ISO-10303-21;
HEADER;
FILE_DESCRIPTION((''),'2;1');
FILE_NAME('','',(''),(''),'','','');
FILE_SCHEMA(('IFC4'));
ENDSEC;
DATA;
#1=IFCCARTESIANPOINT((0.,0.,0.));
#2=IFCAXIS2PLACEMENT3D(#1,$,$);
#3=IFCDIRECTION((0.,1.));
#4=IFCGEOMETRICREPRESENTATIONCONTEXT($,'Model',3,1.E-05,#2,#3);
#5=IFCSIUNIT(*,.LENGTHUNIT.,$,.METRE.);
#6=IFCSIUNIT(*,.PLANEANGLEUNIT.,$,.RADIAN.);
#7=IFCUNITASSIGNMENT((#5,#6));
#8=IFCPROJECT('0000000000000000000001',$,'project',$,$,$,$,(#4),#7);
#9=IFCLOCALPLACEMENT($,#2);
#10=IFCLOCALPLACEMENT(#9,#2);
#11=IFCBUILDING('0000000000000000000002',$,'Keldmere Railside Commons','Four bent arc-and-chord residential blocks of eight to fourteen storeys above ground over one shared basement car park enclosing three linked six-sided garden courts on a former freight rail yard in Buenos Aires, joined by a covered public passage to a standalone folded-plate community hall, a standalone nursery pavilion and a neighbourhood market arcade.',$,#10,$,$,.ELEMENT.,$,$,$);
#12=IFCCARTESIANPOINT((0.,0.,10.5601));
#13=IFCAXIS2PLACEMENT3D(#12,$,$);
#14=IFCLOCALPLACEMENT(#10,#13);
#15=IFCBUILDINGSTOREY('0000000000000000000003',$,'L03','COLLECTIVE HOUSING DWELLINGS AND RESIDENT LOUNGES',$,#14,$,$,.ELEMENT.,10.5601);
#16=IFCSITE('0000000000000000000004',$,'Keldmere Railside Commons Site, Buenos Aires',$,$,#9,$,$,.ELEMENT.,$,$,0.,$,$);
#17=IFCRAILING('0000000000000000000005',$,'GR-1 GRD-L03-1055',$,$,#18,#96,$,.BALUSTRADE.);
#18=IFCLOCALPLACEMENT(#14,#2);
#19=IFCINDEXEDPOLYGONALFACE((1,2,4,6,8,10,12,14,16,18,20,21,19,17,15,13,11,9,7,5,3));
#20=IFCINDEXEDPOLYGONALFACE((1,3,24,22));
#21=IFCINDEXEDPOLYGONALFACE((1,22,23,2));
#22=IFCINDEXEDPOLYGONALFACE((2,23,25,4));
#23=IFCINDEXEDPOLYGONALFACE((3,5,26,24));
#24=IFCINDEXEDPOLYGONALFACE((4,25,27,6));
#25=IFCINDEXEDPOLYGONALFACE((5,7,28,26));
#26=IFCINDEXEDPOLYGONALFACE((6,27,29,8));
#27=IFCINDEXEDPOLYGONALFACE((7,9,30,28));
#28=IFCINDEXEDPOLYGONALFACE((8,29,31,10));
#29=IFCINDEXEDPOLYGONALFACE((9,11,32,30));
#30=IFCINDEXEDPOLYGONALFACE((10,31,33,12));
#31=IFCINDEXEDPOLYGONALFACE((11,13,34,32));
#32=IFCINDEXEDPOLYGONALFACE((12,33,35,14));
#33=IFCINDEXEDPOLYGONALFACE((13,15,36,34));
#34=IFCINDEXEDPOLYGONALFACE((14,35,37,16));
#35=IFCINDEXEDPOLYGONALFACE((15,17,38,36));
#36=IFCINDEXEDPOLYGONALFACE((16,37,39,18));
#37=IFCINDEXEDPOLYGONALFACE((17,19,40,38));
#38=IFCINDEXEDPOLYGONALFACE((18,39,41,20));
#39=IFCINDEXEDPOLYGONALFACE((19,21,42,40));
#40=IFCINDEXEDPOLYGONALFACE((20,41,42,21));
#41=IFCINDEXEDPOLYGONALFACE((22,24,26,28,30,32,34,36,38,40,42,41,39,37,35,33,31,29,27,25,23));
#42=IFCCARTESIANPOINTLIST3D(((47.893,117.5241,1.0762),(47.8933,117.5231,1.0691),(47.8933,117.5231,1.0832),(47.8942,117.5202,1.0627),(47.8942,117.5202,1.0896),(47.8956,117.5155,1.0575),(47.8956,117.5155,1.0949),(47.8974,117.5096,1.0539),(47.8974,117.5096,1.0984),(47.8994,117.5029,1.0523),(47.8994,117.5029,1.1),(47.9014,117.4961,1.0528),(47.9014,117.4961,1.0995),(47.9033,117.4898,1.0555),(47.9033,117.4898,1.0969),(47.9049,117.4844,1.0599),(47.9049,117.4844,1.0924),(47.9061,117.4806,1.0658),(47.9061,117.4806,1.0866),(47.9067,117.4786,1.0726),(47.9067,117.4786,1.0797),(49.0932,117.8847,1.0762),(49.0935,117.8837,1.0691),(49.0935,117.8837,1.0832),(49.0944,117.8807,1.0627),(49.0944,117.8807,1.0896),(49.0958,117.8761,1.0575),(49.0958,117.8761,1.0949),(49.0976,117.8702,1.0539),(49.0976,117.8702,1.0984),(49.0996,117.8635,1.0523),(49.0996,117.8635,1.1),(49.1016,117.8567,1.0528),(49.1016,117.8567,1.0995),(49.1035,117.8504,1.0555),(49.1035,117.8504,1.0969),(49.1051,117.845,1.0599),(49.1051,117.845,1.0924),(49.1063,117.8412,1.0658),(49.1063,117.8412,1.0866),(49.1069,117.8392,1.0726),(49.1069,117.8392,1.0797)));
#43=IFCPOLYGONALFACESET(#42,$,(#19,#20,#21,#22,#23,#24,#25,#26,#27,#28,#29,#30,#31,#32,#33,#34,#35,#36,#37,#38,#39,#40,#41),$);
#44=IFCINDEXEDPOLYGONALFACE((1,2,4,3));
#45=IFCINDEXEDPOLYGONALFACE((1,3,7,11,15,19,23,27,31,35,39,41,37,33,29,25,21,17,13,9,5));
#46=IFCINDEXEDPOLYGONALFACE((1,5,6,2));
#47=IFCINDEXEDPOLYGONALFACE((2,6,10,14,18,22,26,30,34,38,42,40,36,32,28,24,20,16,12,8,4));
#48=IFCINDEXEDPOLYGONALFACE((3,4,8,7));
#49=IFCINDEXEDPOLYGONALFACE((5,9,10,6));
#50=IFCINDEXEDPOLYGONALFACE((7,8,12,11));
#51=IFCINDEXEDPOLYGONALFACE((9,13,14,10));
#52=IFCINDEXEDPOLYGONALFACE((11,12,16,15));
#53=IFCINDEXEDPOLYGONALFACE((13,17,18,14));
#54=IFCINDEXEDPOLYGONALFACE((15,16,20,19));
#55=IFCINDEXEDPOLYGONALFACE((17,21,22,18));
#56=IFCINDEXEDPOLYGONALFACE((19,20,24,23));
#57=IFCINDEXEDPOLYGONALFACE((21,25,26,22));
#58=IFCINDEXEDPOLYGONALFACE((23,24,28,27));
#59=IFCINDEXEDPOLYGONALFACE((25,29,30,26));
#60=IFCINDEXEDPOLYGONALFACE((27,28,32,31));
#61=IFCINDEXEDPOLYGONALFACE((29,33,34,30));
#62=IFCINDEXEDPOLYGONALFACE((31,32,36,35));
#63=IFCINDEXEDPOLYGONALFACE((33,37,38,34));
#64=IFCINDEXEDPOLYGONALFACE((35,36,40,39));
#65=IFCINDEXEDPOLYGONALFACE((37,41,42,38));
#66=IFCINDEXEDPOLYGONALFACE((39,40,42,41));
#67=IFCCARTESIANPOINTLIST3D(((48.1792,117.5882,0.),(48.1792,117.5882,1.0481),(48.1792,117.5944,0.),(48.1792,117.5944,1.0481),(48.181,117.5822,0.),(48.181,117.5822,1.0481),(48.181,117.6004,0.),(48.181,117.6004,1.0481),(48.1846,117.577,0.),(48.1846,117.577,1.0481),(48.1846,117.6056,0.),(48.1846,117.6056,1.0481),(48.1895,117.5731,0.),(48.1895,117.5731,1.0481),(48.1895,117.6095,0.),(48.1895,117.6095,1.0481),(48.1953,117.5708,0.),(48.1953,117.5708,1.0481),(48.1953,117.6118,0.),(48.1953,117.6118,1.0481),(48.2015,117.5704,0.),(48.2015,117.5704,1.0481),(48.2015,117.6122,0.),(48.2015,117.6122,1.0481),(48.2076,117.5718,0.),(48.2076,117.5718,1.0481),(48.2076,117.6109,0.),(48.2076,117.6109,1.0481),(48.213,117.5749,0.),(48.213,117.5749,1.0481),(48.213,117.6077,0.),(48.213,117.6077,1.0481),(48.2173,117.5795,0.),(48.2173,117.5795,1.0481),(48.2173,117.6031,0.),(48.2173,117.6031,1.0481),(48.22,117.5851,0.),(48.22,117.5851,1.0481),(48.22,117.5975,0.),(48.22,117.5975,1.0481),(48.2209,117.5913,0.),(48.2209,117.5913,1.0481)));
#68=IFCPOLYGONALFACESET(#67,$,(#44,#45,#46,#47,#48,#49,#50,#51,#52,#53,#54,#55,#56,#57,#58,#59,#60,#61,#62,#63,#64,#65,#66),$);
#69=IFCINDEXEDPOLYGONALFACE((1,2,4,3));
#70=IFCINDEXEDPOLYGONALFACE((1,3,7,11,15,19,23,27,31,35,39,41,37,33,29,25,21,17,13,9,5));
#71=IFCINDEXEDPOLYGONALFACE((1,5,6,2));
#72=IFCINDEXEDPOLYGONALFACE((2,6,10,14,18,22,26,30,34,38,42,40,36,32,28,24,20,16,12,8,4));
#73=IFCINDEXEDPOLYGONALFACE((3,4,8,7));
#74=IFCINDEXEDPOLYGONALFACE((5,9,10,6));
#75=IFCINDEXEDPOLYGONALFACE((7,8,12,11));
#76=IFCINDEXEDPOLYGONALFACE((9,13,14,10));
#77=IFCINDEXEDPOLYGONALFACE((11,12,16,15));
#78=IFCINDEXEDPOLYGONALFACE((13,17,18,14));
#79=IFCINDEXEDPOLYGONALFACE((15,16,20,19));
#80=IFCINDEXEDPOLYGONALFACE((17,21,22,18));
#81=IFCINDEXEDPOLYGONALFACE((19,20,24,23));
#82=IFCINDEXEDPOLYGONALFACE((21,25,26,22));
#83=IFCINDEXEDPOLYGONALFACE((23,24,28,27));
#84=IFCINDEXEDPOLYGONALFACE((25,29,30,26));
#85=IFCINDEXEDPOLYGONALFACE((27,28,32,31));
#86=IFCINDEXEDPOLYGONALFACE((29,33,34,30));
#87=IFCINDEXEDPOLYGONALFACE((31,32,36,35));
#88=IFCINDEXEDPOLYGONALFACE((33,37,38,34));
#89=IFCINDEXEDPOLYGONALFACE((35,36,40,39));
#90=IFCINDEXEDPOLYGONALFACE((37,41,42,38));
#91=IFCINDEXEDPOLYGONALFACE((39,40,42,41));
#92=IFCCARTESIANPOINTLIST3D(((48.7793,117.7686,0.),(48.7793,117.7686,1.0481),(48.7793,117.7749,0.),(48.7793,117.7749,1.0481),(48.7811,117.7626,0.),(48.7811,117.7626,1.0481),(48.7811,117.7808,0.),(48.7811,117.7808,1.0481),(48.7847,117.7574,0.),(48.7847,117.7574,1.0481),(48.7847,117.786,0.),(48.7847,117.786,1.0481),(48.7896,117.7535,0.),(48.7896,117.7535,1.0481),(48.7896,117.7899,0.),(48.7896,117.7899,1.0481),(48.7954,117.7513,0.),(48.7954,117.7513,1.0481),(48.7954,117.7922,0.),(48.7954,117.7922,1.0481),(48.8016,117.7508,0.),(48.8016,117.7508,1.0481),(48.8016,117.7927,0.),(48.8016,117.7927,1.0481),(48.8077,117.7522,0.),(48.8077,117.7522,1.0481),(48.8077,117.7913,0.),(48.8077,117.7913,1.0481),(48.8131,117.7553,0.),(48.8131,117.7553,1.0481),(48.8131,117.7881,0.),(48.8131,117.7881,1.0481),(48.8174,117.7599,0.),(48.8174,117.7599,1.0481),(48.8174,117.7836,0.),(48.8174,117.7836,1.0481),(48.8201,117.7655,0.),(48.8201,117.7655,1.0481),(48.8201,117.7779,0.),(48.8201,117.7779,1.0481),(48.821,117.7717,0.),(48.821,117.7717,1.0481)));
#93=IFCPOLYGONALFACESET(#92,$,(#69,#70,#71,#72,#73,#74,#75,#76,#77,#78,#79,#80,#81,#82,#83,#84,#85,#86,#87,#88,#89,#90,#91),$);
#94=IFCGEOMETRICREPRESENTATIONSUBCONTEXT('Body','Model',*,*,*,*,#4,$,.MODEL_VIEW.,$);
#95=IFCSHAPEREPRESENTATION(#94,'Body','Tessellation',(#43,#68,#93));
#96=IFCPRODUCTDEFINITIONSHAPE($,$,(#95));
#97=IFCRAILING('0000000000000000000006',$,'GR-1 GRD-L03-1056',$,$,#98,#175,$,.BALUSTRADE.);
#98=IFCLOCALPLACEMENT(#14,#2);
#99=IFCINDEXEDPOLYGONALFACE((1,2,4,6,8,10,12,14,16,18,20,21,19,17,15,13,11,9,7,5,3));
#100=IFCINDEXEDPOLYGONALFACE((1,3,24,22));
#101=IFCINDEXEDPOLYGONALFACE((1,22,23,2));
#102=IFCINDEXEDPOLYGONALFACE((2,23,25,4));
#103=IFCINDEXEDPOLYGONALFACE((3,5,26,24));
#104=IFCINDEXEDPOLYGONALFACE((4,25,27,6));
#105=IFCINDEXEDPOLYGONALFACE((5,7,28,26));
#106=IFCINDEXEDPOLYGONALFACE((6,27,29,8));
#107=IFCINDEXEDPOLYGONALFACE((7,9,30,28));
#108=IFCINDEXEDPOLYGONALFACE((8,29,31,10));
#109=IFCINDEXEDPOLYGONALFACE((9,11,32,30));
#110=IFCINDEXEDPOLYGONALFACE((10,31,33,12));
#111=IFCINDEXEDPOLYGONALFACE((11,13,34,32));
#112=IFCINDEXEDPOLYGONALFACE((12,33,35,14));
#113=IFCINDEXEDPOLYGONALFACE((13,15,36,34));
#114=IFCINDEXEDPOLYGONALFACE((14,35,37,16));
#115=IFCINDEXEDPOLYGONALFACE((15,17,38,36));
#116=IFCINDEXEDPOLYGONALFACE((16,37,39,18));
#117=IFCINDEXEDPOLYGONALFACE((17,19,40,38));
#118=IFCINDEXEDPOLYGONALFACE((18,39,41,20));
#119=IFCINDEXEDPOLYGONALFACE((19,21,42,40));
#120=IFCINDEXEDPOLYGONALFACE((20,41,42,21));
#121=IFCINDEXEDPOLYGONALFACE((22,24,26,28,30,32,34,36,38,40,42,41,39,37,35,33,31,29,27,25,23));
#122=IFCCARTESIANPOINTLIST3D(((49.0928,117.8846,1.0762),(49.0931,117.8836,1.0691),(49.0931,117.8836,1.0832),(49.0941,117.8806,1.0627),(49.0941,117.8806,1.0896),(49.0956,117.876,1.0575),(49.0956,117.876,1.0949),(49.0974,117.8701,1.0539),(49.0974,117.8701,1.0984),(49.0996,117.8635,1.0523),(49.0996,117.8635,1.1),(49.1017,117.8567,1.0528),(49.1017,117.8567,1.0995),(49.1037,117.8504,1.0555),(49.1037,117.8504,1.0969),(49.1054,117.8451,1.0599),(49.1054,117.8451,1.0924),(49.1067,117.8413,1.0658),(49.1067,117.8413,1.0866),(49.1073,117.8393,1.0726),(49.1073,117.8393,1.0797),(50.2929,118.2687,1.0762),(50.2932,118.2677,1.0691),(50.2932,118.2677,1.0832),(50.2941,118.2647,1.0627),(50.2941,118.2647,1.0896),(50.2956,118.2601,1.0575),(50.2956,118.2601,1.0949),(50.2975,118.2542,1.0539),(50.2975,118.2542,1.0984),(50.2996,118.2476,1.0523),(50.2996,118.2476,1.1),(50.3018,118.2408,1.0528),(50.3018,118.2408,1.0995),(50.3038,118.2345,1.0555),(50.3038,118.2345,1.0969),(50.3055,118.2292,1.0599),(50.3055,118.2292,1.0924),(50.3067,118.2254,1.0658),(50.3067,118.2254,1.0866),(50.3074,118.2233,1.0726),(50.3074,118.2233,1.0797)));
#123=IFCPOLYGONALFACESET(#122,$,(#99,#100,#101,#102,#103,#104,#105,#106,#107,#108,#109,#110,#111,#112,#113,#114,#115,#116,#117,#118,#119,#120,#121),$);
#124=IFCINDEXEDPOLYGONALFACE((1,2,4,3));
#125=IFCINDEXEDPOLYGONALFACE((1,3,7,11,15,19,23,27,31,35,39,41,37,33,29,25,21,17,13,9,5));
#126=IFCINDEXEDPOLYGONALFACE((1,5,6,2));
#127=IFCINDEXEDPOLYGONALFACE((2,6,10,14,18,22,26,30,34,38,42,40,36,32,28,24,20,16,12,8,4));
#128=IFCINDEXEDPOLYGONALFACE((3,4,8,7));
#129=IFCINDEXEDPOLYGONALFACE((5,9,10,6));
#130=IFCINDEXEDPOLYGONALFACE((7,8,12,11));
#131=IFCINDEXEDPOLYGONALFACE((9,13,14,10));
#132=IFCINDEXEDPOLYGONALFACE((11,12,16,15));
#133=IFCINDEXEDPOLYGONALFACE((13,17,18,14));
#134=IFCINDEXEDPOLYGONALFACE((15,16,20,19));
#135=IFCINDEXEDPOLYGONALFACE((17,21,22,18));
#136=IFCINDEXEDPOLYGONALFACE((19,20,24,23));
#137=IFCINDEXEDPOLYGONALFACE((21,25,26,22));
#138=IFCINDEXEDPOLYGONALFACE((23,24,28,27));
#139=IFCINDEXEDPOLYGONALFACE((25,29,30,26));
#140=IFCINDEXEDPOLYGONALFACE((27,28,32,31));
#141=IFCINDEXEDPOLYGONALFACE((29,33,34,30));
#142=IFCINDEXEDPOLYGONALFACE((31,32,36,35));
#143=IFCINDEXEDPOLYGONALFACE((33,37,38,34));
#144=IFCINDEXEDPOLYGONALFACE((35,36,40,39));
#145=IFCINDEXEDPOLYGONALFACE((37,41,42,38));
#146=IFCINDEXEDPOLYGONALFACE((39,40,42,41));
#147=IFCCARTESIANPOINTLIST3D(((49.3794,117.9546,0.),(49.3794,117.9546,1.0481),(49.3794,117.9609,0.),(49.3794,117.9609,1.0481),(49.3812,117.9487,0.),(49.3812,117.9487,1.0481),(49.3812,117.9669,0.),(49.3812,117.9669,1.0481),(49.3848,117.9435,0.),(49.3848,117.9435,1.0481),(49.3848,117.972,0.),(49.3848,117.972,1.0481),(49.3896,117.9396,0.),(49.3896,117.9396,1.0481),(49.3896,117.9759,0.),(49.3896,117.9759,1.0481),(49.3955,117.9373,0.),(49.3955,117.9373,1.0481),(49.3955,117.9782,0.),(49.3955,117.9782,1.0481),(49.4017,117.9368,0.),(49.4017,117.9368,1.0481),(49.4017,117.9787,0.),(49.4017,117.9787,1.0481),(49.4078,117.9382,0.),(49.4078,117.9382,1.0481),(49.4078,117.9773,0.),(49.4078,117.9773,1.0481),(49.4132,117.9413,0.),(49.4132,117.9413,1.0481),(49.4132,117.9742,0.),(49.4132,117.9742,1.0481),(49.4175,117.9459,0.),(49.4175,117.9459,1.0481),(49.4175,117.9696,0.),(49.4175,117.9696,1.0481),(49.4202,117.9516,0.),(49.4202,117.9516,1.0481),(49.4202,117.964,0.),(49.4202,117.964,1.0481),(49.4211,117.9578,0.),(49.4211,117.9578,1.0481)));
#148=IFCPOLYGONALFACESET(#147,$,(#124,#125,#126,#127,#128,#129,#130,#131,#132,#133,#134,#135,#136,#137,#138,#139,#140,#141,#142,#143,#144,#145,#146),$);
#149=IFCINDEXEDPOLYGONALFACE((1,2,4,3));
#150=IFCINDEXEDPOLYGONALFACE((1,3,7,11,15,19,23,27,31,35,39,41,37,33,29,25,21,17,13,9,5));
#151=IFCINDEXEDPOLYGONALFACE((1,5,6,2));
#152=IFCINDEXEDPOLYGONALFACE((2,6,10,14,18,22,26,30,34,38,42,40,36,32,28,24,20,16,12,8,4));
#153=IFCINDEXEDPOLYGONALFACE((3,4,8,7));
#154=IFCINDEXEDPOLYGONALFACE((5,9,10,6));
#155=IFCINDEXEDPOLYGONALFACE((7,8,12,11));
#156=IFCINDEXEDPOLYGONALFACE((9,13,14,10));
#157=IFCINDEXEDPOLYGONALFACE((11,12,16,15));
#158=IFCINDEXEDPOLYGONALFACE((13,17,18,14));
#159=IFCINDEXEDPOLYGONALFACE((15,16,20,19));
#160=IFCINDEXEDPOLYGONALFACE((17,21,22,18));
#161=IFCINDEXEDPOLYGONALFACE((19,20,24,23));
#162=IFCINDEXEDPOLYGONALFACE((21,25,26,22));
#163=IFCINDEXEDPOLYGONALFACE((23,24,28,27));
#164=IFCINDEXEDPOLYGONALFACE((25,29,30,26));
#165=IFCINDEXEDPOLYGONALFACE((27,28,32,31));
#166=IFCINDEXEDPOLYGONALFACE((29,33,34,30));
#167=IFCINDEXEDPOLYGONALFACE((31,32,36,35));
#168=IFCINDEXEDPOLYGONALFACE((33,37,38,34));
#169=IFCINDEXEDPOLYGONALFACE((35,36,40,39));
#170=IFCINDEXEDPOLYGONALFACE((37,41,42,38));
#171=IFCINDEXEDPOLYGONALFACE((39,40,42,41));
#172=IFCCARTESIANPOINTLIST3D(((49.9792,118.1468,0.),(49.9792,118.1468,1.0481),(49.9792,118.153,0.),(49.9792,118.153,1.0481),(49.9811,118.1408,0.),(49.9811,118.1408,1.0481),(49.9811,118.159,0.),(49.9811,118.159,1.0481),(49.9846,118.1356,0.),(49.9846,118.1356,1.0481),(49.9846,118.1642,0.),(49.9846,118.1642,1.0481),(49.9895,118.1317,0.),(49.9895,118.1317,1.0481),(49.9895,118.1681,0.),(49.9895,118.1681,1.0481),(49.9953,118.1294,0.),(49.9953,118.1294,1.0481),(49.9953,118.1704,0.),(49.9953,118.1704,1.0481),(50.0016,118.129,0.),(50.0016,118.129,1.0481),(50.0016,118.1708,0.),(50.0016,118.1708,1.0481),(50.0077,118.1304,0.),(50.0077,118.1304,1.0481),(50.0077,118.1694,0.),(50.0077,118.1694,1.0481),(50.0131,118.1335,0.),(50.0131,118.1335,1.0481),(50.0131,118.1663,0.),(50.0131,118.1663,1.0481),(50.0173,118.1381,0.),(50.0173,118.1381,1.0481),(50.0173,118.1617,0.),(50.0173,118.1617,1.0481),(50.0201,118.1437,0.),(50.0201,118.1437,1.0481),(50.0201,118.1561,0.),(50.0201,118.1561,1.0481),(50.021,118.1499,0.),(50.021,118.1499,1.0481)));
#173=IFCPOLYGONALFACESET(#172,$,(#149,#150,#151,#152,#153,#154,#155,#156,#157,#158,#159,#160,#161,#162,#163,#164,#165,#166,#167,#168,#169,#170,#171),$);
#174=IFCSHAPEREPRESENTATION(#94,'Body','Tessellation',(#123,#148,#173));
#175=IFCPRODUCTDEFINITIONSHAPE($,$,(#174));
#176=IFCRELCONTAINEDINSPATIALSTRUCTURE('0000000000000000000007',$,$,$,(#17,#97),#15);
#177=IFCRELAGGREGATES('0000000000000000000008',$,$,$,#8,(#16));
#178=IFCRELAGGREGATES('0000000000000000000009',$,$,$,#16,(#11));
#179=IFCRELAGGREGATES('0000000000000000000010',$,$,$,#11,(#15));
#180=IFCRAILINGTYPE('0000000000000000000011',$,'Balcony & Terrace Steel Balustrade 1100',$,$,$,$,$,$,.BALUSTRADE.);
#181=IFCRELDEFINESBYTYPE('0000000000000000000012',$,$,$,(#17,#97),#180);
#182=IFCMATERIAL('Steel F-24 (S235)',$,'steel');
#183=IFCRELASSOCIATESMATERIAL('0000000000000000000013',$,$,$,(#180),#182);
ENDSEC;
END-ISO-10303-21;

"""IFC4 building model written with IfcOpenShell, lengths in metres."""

from ifc_helpers import new_model, si_unit, direction, frame, origin, origin_2d, place, context, subcontext, project, spatial, circle, extrude, material, type_object, element, save


model = new_model("IFC4")

# Units and contexts
model_context = context("Model", 3, precision=1e-05, world=origin(), true_north=direction((0.0, 1.0)))
body_context = subcontext(model_context, "Body", "Model", "MODEL_VIEW")
ifc_project = project(units=[si_unit("LENGTHUNIT", "METRE"), si_unit("PLANEANGLEUNIT", "RADIAN")], contexts=[model_context])

# Site, building, storey
site_placement = place(None, origin())
site = spatial("IfcSite", under=ifc_project, at=site_placement, Name="Keldmere Railside Commons Site, Buenos Aires", CompositionType="ELEMENT", RefElevation=0.0)
building_placement = place(site_placement, origin())
building = spatial("IfcBuilding", under=site, at=building_placement, Name="Keldmere Railside Commons", Description="Four bent arc-and-chord residential blocks of eight to fourteen storeys above ground over one shared basement car park enclosing three linked six-sided garden courts on a former freight rail yard in Buenos Aires, joined by a covered public passage to a standalone folded-plate community hall, a standalone nursery pavilion and a neighbourhood market arcade.", CompositionType="ELEMENT")
storey_placement = place(building_placement, frame((0.0, 0.0, 10.5601)))
storey = spatial("IfcBuildingStorey", under=building, at=storey_placement, Name="L03", Description="COLLECTIVE HOUSING DWELLINGS AND RESIDENT LOUNGES", CompositionType="ELEMENT", Elevation=10.5601)

# Railings
ifc_material_1 = material(Name="Steel F-24 (S235)", Category="steel")
railing_type = type_object("IfcRailingType", Name="Balcony & Terrace Steel Balustrade 1100", PredefinedType="BALUSTRADE", material=ifc_material_1)
railing_1_placement = place(storey_placement, frame((47.8999, 117.5012, 0.0)))
element("IfcRailing", 1, at=railing_1_placement, inside=storey, type_object=railing_type, Name="GR-1 GRD-L03-1055", PredefinedType="BALUSTRADE", context=body_context, shape_type="SweptSolid", body=[
    extrude(circle(Radius=0.0239, at=origin_2d()), frame((0.0, 0.0, 1.0762), z_axis=(0.957708, 0.287741, 0.0), x_axis=(-0.287741, 0.957708, 0.0)), (0.0, 0.0, 1.0), 1.2532),
    extrude(circle(Radius=0.021, at=origin_2d()), frame((0.3, 0.0901, 0.0)), (0.0, 0.0, 1.0), 1.0481),
    extrude(circle(Radius=0.021, at=origin_2d()), frame((0.9001, 0.2705, 0.0)), (0.0, 0.0, 1.0), 1.0481),
])
railing_2_placement = place(storey_placement, frame((49.1001, 117.8618, 0.0)))
element("IfcRailing", 2, at=railing_2_placement, inside=storey, type_object=railing_type, Name="GR-1 GRD-L03-1056", PredefinedType="BALUSTRADE", context=body_context, shape_type="SweptSolid", body=[
    extrude(circle(Radius=0.0239, at=origin_2d()), frame((0.0, 0.0, 1.0762), z_axis=(0.952413, 0.304811, 0.0), x_axis=(-0.304811, 0.952413, 0.0)), (0.0, 0.0, 1.0), 1.26),
    extrude(circle(Radius=0.021, at=origin_2d()), frame((0.3, 0.0959, 0.0)), (0.0, 0.0, 1.0), 1.0481),
    extrude(circle(Radius=0.021, at=origin_2d()), frame((0.8999, 0.2881, 0.0)), (0.0, 0.0, 1.0), 1.0481),
])

save(model, "model.ifc")
